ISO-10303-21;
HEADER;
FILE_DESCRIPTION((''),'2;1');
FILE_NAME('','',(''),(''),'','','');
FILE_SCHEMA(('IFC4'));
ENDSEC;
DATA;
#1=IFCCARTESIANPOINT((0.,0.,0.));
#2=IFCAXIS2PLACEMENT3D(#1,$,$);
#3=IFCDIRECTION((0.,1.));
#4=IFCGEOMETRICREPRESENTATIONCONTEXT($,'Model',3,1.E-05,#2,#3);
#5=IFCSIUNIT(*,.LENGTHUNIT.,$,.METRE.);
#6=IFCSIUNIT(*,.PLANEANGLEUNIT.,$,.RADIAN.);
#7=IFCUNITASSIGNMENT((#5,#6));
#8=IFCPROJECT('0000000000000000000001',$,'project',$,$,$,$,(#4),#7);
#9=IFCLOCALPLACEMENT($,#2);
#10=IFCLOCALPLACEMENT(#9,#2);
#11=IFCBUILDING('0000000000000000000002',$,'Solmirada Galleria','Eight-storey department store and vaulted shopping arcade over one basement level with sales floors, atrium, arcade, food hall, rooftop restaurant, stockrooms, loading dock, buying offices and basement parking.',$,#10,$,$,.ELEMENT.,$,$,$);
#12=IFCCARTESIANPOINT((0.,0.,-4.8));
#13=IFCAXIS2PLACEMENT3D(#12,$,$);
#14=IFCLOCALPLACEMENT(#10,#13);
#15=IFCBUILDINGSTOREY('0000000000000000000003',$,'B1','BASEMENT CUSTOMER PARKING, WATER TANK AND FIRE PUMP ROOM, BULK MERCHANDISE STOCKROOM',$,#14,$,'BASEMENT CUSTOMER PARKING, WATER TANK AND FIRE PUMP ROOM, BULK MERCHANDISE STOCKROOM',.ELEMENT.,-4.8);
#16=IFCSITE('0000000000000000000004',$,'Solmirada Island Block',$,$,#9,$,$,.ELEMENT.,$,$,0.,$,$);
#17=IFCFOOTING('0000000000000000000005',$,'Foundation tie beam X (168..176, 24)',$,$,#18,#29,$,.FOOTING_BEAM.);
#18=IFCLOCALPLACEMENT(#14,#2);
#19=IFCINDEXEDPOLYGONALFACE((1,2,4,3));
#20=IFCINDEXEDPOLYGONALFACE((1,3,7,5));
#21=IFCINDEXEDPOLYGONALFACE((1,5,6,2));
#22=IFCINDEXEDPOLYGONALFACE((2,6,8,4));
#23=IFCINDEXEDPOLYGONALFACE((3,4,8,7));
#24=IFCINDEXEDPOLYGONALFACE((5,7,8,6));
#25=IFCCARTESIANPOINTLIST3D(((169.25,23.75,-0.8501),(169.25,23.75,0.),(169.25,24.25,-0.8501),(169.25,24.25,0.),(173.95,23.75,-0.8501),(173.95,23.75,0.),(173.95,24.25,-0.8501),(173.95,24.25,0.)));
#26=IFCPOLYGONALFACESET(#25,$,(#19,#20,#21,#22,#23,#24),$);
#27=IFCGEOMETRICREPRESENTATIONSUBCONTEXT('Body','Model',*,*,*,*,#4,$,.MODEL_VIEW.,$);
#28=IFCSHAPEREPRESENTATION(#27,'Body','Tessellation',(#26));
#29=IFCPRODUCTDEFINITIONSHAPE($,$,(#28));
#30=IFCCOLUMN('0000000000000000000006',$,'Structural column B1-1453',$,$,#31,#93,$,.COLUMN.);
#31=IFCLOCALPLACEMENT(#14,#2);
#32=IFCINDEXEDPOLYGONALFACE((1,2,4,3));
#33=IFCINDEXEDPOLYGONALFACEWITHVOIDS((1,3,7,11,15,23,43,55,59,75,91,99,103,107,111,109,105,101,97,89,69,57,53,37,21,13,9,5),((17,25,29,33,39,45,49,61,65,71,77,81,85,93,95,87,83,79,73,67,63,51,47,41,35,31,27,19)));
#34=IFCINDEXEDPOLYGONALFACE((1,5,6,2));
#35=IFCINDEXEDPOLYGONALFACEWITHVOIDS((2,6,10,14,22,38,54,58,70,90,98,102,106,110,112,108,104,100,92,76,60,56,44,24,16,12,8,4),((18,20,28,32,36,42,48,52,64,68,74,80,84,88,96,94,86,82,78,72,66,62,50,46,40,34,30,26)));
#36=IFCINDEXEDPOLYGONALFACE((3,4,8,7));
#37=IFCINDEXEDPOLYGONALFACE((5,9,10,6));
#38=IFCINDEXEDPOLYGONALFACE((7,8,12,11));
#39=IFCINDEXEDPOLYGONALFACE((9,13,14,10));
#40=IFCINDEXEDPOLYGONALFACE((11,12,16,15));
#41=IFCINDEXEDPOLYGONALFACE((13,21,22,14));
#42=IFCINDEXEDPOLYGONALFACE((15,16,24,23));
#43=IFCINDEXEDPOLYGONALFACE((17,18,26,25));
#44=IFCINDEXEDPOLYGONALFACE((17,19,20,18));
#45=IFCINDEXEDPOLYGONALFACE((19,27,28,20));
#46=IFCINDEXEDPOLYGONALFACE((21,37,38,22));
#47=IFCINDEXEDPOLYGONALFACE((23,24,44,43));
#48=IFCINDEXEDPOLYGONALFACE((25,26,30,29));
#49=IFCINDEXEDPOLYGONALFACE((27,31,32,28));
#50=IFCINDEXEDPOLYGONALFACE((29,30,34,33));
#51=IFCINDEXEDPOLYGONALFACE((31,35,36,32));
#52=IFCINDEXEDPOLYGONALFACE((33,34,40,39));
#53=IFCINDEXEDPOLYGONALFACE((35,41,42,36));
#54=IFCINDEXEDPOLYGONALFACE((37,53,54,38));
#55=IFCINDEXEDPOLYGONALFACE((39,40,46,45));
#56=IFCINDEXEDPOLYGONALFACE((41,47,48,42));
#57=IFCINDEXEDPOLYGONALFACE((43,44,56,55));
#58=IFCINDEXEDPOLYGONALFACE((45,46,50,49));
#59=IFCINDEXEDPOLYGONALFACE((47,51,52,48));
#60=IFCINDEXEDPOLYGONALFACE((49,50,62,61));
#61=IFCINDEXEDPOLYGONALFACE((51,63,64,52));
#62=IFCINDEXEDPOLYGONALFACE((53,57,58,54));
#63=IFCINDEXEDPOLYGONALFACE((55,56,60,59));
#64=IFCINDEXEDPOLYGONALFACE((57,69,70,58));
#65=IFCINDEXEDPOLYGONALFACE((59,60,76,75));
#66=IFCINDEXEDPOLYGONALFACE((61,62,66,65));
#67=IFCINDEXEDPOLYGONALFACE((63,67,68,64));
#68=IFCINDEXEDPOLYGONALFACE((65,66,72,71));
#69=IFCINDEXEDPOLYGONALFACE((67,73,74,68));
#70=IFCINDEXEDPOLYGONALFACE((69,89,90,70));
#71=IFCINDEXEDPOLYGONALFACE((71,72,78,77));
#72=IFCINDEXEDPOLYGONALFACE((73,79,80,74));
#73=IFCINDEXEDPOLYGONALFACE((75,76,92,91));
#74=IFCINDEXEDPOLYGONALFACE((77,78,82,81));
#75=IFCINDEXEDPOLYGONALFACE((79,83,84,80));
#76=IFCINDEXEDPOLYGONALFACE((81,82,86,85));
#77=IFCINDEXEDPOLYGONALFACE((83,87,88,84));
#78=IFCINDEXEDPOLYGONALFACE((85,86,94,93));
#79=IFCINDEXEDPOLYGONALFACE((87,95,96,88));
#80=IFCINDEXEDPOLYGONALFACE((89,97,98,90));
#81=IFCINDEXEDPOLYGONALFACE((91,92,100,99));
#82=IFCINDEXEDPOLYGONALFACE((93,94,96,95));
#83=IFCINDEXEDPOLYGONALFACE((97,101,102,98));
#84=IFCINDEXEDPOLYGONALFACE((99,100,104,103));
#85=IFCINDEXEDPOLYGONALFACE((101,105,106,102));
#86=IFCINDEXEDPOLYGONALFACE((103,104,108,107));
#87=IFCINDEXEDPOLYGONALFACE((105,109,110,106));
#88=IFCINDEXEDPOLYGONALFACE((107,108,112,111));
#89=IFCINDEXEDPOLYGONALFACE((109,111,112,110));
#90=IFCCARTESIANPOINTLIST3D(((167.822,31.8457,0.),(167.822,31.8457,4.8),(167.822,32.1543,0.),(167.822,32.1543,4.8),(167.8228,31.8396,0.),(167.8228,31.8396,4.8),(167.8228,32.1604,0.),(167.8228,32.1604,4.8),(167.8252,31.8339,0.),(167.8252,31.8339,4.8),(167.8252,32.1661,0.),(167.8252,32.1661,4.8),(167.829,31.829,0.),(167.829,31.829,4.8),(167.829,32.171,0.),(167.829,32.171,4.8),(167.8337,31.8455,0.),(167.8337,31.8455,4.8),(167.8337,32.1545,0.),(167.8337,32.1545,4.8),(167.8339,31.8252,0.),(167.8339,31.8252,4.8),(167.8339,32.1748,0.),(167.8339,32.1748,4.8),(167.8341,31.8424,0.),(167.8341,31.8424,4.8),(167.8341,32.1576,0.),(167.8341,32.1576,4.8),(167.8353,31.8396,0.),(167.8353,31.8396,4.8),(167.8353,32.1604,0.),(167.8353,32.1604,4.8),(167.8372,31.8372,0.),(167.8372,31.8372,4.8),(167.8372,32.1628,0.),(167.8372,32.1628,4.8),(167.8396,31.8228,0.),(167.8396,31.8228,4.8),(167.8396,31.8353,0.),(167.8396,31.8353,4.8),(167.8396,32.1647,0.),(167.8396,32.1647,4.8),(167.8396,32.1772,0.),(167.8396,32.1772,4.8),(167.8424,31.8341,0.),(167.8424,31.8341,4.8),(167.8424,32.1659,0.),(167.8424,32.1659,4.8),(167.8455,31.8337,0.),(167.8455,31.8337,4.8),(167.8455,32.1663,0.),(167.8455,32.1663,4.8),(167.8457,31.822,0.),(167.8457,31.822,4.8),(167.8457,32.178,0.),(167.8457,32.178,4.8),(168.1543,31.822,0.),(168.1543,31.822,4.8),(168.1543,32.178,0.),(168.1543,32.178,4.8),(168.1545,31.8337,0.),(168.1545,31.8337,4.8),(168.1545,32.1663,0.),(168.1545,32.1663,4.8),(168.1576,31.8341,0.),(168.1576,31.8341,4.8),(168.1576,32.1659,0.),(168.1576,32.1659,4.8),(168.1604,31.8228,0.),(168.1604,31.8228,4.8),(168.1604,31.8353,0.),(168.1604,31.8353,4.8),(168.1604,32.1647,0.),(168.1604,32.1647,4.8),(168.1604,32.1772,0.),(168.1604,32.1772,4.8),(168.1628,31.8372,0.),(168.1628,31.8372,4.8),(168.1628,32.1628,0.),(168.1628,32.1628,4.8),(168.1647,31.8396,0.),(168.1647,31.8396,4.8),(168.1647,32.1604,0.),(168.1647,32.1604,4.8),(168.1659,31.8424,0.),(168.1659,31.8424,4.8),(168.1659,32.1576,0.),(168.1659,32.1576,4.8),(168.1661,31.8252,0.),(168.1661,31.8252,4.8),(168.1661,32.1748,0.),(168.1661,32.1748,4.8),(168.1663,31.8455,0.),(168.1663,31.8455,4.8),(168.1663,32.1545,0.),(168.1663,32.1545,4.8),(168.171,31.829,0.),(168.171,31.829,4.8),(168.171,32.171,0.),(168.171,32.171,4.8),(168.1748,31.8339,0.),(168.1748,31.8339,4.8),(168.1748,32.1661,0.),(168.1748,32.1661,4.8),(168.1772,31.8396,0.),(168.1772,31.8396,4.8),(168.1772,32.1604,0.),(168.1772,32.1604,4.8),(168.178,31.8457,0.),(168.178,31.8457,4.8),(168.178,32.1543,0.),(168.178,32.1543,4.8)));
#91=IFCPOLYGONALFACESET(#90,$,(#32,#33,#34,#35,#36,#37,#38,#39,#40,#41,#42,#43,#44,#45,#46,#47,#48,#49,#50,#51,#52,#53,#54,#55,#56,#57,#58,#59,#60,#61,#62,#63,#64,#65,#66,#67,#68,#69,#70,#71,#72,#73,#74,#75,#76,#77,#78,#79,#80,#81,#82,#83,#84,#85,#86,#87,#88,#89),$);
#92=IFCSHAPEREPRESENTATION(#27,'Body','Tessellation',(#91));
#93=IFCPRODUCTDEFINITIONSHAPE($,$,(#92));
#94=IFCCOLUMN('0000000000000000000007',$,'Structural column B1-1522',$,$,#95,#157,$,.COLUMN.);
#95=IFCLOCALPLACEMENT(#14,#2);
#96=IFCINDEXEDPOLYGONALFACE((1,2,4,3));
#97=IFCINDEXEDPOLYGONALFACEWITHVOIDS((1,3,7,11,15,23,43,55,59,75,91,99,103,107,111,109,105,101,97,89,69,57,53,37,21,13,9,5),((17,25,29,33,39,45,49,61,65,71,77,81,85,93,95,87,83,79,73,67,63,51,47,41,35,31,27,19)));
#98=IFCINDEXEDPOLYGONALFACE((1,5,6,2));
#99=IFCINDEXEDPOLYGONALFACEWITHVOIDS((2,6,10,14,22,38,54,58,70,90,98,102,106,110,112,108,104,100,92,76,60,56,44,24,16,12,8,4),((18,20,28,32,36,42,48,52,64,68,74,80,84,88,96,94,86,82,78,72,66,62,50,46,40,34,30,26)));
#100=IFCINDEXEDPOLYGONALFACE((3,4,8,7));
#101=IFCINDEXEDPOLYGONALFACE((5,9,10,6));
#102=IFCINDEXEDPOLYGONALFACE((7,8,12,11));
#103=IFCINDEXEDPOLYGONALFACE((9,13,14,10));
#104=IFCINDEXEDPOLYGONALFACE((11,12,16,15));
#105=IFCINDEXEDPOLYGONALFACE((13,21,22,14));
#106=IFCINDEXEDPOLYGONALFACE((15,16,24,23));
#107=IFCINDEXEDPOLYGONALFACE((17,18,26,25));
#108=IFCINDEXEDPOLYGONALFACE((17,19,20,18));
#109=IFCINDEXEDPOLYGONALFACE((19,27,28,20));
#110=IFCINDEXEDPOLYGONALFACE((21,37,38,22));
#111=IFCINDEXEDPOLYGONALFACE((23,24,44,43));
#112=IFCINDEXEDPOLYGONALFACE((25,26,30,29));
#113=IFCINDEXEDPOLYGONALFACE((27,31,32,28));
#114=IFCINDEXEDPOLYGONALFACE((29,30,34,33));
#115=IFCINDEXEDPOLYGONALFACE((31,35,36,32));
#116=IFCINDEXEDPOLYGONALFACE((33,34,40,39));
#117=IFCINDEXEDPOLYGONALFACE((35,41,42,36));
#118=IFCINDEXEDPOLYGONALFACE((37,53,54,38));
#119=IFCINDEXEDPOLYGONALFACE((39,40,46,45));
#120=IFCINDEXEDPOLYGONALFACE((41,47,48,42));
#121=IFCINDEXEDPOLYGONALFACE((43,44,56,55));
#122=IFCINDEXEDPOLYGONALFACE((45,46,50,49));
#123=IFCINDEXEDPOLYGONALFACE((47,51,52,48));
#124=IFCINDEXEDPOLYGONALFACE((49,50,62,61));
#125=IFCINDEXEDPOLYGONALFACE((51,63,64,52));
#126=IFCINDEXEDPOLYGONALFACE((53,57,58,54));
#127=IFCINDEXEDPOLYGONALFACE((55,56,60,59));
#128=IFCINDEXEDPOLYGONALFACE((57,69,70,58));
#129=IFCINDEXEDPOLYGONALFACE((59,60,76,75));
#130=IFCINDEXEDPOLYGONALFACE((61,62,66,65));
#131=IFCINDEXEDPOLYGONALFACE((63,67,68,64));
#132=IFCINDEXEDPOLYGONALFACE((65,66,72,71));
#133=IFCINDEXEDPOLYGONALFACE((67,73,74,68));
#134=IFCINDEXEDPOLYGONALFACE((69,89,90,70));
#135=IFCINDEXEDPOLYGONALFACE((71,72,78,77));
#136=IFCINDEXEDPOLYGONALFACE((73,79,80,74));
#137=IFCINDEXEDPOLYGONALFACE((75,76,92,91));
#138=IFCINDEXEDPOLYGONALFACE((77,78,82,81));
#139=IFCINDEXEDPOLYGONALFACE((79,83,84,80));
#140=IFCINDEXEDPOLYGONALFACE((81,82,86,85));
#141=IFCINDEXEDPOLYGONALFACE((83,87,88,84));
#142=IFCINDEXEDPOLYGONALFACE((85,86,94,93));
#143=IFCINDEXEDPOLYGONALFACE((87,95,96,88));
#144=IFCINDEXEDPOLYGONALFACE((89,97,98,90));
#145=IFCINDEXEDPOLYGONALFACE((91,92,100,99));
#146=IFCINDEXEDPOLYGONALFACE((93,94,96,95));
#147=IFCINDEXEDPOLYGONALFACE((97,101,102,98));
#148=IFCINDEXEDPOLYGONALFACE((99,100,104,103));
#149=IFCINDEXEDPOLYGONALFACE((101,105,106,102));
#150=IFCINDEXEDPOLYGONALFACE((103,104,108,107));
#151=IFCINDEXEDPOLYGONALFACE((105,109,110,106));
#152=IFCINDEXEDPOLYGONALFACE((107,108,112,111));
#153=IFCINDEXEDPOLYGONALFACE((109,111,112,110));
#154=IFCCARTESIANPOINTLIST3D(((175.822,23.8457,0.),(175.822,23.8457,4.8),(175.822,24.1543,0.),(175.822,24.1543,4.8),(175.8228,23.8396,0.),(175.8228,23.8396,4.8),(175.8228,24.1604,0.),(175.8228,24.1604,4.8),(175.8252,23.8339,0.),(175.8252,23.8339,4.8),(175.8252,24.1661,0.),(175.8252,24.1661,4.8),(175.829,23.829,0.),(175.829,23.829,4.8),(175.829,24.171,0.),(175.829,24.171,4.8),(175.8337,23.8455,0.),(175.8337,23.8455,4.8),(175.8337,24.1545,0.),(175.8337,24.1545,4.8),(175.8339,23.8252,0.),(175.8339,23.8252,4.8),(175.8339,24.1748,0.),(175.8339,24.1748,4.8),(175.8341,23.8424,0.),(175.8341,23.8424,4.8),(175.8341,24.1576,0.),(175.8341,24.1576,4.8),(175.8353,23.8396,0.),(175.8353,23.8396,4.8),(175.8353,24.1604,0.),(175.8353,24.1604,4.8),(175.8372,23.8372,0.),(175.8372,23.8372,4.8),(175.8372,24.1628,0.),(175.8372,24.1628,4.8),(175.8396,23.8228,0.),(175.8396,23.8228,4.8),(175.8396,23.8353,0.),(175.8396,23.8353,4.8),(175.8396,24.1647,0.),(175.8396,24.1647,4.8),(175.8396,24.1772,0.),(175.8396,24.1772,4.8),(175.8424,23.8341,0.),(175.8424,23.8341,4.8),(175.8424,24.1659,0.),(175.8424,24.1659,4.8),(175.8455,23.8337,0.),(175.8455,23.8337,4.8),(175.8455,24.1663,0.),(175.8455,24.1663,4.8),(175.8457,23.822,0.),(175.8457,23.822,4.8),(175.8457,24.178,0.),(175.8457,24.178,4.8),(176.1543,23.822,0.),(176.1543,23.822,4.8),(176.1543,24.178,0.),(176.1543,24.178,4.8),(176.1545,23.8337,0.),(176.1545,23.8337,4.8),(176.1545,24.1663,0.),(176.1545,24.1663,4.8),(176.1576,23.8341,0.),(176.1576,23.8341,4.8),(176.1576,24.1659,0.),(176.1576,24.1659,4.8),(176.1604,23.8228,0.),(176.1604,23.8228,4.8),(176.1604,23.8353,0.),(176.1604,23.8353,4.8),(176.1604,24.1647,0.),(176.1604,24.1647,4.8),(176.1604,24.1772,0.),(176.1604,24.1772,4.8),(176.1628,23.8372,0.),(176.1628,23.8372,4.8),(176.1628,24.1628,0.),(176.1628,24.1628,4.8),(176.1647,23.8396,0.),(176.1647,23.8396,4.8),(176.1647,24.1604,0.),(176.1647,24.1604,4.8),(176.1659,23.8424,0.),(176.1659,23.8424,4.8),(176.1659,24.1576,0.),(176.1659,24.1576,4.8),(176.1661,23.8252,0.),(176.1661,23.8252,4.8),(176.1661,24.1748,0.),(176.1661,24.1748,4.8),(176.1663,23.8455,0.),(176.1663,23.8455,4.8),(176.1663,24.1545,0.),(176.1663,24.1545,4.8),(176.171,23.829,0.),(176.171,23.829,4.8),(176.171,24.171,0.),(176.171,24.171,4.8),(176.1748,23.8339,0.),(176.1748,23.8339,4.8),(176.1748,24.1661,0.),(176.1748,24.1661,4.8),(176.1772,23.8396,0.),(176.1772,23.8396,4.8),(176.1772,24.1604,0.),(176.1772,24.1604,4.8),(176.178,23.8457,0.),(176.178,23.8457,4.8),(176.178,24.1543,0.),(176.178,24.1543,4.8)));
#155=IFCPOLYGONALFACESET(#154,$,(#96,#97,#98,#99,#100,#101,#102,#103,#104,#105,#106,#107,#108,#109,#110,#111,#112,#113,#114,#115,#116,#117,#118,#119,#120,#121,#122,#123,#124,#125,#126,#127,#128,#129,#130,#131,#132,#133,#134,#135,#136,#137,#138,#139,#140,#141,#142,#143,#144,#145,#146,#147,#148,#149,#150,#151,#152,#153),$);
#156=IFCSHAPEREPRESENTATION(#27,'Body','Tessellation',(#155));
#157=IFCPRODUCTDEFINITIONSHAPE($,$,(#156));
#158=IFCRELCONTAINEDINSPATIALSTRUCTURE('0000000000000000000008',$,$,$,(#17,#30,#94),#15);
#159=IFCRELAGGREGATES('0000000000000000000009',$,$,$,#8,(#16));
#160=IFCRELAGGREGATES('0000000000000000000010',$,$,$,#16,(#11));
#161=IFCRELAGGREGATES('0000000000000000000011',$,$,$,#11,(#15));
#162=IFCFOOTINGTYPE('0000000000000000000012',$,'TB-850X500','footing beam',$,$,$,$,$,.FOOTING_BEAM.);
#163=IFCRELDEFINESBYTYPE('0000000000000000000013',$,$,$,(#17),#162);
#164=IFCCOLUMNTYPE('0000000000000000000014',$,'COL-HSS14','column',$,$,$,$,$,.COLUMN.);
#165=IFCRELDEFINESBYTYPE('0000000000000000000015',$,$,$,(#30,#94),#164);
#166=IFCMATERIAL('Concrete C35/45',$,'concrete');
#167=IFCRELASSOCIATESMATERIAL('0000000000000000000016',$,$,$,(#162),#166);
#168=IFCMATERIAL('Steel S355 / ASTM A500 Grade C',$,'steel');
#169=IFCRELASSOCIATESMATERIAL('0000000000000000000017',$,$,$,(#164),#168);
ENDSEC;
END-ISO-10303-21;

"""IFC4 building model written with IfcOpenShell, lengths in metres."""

from ifc_helpers import new_model, si_unit, direction, frame, origin, origin_2d, place, context, subcontext, project, spatial, rectangle, hollow_rectangle, extrude, material, material_profile, profile_set, type_object, element, save


model = new_model("IFC4")

# Units and contexts
model_context = context("Model", 3, precision=1e-05, world=origin(), true_north=direction((0.0, 1.0)))
body_context = subcontext(model_context, "Body", "Model", "MODEL_VIEW")
ifc_project = project(units=[si_unit("LENGTHUNIT", "METRE"), si_unit("PLANEANGLEUNIT", "RADIAN")], contexts=[model_context])

# Site, building, storey
site_placement = place(None, origin())
site = spatial("IfcSite", under=ifc_project, at=site_placement, Name="Solmirada Island Block", CompositionType="ELEMENT", RefElevation=0.0)
building_placement = place(site_placement, origin())
building = spatial("IfcBuilding", under=site, at=building_placement, Name="Solmirada Galleria", Description="Eight-storey department store and vaulted shopping arcade over one basement level with sales floors, atrium, arcade, food hall, rooftop restaurant, stockrooms, loading dock, buying offices and basement parking.", CompositionType="ELEMENT")
storey_placement = place(building_placement, frame((0.0, 0.0, -4.8)))
storey = spatial("IfcBuildingStorey", under=building, at=storey_placement, Name="B1", Description="BASEMENT CUSTOMER PARKING, WATER TANK AND FIRE PUMP ROOM, BULK MERCHANDISE STOCKROOM", LongName="BASEMENT CUSTOMER PARKING, WATER TANK AND FIRE PUMP ROOM, BULK MERCHANDISE STOCKROOM", CompositionType="ELEMENT", Elevation=-4.8)

# Shared definitions
ifc_material_1 = material(Name="Concrete C35/45", Category="concrete")

# Footing
ifc_material_profile_1 = material_profile(ifc_material_1, rectangle(XDim=0.5, YDim=0.8501, at=origin_2d()), Name="RC850X500")
ifc_profile_set_1 = profile_set([ifc_material_profile_1], Name="Concrete C35/45")
footing_type_1 = type_object("IfcFootingType", Name="TB-850X500", Description="footing beam", PredefinedType="FOOTING_BEAM", material=ifc_profile_set_1)
footing_1_placement = place(storey_placement, frame((169.25, 24.0, -0.425), z_axis=(1.0, 0.0, 0.0), x_axis=(0.0, 1.0, 0.0)))
element("IfcFooting", 1, at=footing_1_placement, inside=storey, type_object=footing_type_1, Name="Foundation tie beam X (168..176, 24)", PredefinedType="FOOTING_BEAM", context=body_context, shape_type="SweptSolid", body=[
    extrude(rectangle(XDim=0.5, YDim=0.8501, at=origin_2d()), origin(), (0.0, 0.0, 1.0), 4.7),
])

# Columns
ifc_material_2 = material(Name="Steel S355 / ASTM A500 Grade C", Category="steel")
ifc_material_profile_2 = material_profile(ifc_material_2, hollow_rectangle(XDim=0.356, YDim=0.356, WallThickness=0.0117, InnerFilletRadius=0.0117, OuterFilletRadius=0.0237, at=origin_2d()), Name="HSS14X14X1/2")
ifc_profile_set_2 = profile_set([ifc_material_profile_2], Name="Steel S355 / ASTM A500 Grade C")
column_type = type_object("IfcColumnType", Name="COL-HSS14", Description="column", PredefinedType="COLUMN", material=ifc_profile_set_2)
for number, where, z_axis, x_axis, name in (
    (2, (168.0, 32.0, 0.0), (0.0, 0.0, 1.0), (1.0, 0.0, 0.0), "Structural column B1-1453"),
    (3, (176.0, 24.0, 0.0), (0.0, 0.0, 1.0), (1.0, 0.0, 0.0), "Structural column B1-1522"),
):
    element("IfcColumn", number, at=place(storey_placement, frame(where, z_axis=z_axis, x_axis=x_axis)), inside=storey, type_object=column_type, Name=name, PredefinedType="COLUMN", context=body_context, shape_type="SweptSolid", body=[
        extrude(hollow_rectangle(XDim=0.356, YDim=0.356, WallThickness=0.0117, InnerFilletRadius=0.0117, OuterFilletRadius=0.0237, at=origin_2d()), origin(), (0.0, 0.0, 1.0), 4.8),
    ])

save(model, "model.ifc")
